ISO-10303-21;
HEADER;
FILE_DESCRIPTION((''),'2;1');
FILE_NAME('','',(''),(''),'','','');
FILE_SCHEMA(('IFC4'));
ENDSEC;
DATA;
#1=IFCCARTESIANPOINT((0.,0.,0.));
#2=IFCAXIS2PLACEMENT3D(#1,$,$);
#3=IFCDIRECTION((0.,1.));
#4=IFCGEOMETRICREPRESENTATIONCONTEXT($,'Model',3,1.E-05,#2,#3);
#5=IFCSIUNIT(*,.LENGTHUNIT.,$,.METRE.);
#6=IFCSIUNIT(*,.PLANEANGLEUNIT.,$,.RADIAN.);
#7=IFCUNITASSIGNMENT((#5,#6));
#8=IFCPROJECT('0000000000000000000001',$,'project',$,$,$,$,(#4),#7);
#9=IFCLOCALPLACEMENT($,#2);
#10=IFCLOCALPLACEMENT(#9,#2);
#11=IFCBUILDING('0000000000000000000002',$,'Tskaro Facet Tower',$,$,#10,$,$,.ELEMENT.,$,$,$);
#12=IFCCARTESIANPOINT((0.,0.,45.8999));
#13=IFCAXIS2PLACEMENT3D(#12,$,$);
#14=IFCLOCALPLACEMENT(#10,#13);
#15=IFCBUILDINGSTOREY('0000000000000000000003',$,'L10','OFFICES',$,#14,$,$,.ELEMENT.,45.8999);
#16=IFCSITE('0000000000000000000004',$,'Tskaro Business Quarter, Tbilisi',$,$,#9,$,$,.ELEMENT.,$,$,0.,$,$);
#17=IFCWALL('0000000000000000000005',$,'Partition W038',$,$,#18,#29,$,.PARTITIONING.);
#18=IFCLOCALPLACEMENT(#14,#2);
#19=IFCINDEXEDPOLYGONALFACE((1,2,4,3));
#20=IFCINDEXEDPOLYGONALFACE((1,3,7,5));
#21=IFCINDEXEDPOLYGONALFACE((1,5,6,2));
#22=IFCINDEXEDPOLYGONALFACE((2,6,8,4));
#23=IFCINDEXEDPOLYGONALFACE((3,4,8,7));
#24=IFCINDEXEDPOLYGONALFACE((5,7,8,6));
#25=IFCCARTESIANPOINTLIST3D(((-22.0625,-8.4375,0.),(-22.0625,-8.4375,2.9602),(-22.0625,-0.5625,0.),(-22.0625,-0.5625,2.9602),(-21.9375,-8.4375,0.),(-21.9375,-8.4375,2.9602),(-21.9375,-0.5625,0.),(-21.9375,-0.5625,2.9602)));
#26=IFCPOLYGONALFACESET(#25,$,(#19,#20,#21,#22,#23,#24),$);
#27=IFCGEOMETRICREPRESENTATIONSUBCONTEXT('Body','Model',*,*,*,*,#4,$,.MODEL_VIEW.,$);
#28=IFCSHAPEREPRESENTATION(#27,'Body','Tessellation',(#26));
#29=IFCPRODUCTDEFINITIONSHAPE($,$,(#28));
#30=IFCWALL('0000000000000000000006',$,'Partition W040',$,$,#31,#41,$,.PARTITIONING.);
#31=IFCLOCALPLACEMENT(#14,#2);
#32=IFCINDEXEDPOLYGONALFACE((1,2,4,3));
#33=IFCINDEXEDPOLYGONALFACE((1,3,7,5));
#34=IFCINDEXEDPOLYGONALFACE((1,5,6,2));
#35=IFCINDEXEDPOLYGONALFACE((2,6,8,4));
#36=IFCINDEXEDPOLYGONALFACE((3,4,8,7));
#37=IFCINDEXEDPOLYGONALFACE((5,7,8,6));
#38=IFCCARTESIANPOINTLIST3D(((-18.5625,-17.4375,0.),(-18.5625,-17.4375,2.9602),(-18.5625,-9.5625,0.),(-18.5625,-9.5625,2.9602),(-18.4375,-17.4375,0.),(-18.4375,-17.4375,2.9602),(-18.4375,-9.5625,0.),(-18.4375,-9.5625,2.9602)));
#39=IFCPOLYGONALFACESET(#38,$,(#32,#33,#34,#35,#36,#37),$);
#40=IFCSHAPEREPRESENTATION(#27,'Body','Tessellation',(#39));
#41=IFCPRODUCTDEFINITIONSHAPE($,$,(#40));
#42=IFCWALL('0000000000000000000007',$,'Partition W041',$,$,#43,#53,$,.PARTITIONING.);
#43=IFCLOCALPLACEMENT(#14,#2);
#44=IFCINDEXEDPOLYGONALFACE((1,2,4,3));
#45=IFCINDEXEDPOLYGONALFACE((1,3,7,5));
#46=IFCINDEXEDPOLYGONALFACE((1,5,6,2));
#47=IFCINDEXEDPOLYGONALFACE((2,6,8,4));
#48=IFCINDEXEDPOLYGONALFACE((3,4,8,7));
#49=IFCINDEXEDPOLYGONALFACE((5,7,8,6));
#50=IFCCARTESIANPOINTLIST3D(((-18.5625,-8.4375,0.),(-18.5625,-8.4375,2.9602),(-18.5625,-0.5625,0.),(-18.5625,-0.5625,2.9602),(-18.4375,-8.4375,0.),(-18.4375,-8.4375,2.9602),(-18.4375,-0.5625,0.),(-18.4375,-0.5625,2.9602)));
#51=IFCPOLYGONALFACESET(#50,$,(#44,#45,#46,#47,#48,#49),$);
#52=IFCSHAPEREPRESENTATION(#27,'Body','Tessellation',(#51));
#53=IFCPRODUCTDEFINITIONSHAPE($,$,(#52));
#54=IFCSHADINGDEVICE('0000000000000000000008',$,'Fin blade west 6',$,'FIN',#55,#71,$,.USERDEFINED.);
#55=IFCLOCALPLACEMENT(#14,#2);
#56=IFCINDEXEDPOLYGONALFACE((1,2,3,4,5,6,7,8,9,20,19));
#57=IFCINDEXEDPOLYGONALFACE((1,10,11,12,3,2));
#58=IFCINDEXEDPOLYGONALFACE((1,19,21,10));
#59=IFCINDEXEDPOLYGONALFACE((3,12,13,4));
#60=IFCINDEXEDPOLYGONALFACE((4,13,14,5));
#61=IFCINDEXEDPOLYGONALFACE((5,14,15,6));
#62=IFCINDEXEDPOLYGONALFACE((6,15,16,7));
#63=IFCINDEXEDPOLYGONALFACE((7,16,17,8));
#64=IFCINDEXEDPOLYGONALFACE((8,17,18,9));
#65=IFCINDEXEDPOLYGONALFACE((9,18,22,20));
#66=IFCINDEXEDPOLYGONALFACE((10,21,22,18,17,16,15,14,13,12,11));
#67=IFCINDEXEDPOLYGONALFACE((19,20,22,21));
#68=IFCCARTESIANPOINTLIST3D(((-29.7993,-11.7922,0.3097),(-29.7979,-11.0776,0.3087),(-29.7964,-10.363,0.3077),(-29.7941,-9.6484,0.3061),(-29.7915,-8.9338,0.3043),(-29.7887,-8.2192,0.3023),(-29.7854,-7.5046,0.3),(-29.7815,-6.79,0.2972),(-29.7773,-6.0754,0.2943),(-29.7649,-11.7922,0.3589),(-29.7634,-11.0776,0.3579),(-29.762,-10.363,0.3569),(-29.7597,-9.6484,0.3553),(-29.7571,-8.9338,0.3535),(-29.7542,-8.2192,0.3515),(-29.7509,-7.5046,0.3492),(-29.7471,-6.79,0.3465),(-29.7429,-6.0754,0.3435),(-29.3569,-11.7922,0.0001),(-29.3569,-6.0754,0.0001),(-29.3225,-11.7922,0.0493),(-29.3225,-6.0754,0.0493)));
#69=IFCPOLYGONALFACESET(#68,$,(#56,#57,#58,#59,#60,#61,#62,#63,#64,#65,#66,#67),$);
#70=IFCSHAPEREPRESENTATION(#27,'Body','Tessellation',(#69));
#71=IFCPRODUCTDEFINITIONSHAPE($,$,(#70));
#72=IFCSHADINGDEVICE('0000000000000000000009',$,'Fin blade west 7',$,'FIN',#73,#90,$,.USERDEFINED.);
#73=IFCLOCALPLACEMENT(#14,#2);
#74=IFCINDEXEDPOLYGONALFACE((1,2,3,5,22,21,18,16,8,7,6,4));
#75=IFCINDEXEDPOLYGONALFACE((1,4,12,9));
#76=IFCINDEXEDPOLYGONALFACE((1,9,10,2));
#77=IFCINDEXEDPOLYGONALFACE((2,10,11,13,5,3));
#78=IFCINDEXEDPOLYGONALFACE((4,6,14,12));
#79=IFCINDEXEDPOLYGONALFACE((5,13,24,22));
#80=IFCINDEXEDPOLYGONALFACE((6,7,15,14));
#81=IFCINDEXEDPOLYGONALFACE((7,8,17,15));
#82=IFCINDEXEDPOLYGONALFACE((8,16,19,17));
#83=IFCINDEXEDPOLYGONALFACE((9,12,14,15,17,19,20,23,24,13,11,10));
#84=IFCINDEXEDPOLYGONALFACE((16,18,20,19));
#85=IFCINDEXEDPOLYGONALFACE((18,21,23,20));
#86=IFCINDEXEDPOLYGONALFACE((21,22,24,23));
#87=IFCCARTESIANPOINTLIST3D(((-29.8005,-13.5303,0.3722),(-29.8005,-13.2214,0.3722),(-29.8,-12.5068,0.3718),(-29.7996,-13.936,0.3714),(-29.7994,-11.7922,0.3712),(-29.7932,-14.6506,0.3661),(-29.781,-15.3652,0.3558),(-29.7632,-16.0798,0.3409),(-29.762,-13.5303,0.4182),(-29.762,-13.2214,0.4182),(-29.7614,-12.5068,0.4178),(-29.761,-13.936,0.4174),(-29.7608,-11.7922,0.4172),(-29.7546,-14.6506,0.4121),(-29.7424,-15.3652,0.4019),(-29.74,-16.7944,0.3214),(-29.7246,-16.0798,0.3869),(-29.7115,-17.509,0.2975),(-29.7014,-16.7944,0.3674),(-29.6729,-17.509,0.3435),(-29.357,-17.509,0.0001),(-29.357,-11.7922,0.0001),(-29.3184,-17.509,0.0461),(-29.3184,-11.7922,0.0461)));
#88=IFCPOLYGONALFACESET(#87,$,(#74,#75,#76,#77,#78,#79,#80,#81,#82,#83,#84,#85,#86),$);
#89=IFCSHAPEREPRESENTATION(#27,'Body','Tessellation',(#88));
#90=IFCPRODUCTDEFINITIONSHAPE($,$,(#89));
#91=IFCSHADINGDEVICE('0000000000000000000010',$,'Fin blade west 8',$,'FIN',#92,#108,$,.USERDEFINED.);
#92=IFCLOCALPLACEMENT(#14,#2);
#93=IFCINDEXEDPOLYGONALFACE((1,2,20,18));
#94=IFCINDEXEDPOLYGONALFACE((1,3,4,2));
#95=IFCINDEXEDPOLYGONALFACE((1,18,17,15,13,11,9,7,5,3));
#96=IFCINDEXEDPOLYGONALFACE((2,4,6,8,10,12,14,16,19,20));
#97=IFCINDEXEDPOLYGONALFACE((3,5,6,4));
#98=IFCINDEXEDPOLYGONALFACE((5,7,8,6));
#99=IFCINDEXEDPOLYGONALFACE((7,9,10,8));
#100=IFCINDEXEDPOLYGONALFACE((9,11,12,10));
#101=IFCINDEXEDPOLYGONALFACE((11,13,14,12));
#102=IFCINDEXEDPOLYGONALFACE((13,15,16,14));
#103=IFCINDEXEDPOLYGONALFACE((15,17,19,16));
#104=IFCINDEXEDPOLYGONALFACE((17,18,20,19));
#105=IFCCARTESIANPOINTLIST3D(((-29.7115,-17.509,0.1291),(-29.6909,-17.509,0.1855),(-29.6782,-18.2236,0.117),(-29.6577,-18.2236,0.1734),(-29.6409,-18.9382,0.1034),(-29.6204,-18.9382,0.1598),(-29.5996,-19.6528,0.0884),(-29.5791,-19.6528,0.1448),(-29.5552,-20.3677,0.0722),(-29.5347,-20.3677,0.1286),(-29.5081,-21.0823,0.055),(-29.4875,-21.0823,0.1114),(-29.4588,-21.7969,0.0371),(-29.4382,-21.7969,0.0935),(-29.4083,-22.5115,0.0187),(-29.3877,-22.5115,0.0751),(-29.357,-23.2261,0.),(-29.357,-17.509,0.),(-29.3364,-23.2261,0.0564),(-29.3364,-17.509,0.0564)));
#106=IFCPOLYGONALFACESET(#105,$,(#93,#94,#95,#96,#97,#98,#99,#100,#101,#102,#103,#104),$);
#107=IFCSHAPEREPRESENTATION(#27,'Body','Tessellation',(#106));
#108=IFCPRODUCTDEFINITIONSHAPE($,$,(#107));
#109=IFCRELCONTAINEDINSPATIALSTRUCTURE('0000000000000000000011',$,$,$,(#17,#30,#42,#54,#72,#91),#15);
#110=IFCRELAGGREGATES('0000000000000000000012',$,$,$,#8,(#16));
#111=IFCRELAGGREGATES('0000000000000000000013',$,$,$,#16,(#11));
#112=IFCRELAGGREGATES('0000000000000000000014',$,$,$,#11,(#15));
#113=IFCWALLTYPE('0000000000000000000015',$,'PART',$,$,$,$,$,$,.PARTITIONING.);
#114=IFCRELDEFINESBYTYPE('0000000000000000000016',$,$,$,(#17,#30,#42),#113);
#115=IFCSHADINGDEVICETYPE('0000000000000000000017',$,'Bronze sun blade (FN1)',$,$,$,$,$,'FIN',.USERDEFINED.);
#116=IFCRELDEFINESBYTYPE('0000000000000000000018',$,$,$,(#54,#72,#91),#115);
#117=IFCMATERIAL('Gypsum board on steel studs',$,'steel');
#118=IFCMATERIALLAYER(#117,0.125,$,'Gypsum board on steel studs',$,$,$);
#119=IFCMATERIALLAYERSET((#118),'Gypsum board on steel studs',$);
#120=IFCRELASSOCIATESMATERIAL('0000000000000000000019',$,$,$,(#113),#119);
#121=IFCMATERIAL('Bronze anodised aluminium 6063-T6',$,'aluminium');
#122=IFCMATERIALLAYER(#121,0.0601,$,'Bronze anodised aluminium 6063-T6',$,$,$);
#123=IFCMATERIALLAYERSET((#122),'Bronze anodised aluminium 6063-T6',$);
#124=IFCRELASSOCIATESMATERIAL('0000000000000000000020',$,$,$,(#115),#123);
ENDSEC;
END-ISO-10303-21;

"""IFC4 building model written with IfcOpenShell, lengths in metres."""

from ifc_helpers import new_model, si_unit, direction, frame, frame_2d, origin, place, context, subcontext, project, spatial, polyline, rectangle, outline, extrude, material, layer, layer_set, type_object, element, save


model = new_model("IFC4")

# Units and contexts
model_context = context("Model", 3, precision=1e-05, world=origin(), true_north=direction((0.0, 1.0)))
body_context = subcontext(model_context, "Body", "Model", "MODEL_VIEW")
ifc_project = project(units=[si_unit("LENGTHUNIT", "METRE"), si_unit("PLANEANGLEUNIT", "RADIAN")], contexts=[model_context])

# Site, building, storey
site_placement = place(None, origin())
site = spatial("IfcSite", under=ifc_project, at=site_placement, Name="Tskaro Business Quarter, Tbilisi", CompositionType="ELEMENT", RefElevation=0.0)
building_placement = place(site_placement, origin())
building = spatial("IfcBuilding", under=site, at=building_placement, Name="Tskaro Facet Tower", CompositionType="ELEMENT")
storey_placement = place(building_placement, frame((0.0, 0.0, 45.8999)))
storey = spatial("IfcBuildingStorey", under=building, at=storey_placement, Name="L10", Description="OFFICES", CompositionType="ELEMENT", Elevation=45.8999)

# Shared definitions
ifc_material_1 = material(Name="Bronze anodised aluminium 6063-T6", Category="aluminium")

# Shared definitions
ifc_material_2 = material(Name="Gypsum board on steel studs", Category="steel")
ifc_layer_1 = layer(ifc_material_2, 0.125, Name="Gypsum board on steel studs")
ifc_layer_set_1 = layer_set([ifc_layer_1], Name="Gypsum board on steel studs")
wall_type = type_object("IfcWallType", Name="PART", PredefinedType="PARTITIONING", material=ifc_layer_set_1)

# Walls
for number, where, z_axis, x_axis, name in (
    (1, (-22.0, -8.4375, 0.0), (0.0, 0.0, 1.0), (0.0, 1.0, 0.0), "Partition W038"),
    (2, (-18.5, -17.4375, 0.0), (0.0, 0.0, 1.0), (0.0, 1.0, 0.0), "Partition W040"),
    (3, (-18.5, -8.4375, 0.0), (0.0, 0.0, 1.0), (0.0, 1.0, 0.0), "Partition W041"),
):
    element("IfcWall", number, at=place(storey_placement, frame(where, z_axis=z_axis, x_axis=x_axis)), inside=storey, type_object=wall_type, Name=name, PredefinedType="PARTITIONING", context=body_context, shape_type="SweptSolid", body=[
        extrude(rectangle(XDim=7.875, YDim=0.125, at=frame_2d((3.9375, 0.0))), origin(), (0.0, 0.0, 1.0), 2.9602),
    ])

# Shading devices
ifc_layer_2 = layer(ifc_material_1, 0.0601, Name="Bronze anodised aluminium 6063-T6")
ifc_layer_set_2 = layer_set([ifc_layer_2], Name="Bronze anodised aluminium 6063-T6")
shading_device_type = type_object("IfcShadingDeviceType", Name="Bronze sun blade (FN1)", ElementType="FIN", PredefinedType="USERDEFINED", material=ifc_layer_set_2)
shading_device_1_placement = place(storey_placement, frame((-29.3225, -6.0754, 0.0493), z_axis=(0.573397, 0.0, 0.819278), x_axis=(0.0, -1.0, 0.0)))
element("IfcShadingDevice", 4, at=shading_device_1_placement, inside=storey, type_object=shading_device_type, Name="Fin blade west 6", ObjectType="FIN", PredefinedType="USERDEFINED", context=body_context, shape_type="SweptSolid", body=[
    extrude(outline(polyline([(0.0, 0.0), (5.7168, 0.0), (5.7168, -0.5399), (5.0022, -0.5382), (4.2876, -0.5364), (3.573, -0.5336), (2.8584, -0.5305), (2.1438, -0.5269), (1.4292, -0.5229), (0.7146, -0.5182), (0.0, -0.5131), (0.0, 0.0)])), origin(), (0.0, 0.0, -1.0), 0.0601),
])
shading_device_2_placement = place(storey_placement, frame((-29.3184, -11.7922, 0.0461), z_axis=(0.642652, 0.0, 0.766158), x_axis=(0.0, -1.0, 0.0)))
element("IfcShadingDevice", 5, at=shading_device_2_placement, inside=storey, type_object=shading_device_type, Name="Fin blade west 7", ObjectType="FIN", PredefinedType="USERDEFINED", context=body_context, shape_type="SweptSolid", body=[
    extrude(outline(polyline([(0.0, 0.0), (5.7168, 0.0), (5.7168, -0.4627), (5.0022, -0.5), (4.2876, -0.5303), (3.573, -0.5535), (2.8584, -0.5694), (2.1438, -0.5778), (1.738, -0.579), (1.4292, -0.579), (0.7146, -0.5783), (0.0, -0.5774), (0.0, 0.0)])), origin(), (0.0, 0.0, -1.0), 0.0601),
])
shading_device_3_placement = place(storey_placement, frame((-29.3364, -17.509, 0.0564), z_axis=(0.342304, 0.0, 0.939589), x_axis=(0.0, -1.0, 0.0)))
element("IfcShadingDevice", 6, at=shading_device_3_placement, inside=storey, type_object=shading_device_type, Name="Fin blade west 8", ObjectType="FIN", PredefinedType="USERDEFINED", context=body_context, shape_type="SweptSolid", body=[
    extrude(outline(polyline([(0.0, 0.0), (5.717, 0.0), (5.0024, -0.0546), (4.2878, -0.1084), (3.5732, -0.1608), (2.8586, -0.211), (2.1438, -0.2583), (1.4292, -0.3022), (0.7146, -0.3419), (0.0, -0.3773), (0.0, 0.0)])), origin(), (0.0, 0.0, -1.0), 0.0601),
])

save(model, "model.ifc")
